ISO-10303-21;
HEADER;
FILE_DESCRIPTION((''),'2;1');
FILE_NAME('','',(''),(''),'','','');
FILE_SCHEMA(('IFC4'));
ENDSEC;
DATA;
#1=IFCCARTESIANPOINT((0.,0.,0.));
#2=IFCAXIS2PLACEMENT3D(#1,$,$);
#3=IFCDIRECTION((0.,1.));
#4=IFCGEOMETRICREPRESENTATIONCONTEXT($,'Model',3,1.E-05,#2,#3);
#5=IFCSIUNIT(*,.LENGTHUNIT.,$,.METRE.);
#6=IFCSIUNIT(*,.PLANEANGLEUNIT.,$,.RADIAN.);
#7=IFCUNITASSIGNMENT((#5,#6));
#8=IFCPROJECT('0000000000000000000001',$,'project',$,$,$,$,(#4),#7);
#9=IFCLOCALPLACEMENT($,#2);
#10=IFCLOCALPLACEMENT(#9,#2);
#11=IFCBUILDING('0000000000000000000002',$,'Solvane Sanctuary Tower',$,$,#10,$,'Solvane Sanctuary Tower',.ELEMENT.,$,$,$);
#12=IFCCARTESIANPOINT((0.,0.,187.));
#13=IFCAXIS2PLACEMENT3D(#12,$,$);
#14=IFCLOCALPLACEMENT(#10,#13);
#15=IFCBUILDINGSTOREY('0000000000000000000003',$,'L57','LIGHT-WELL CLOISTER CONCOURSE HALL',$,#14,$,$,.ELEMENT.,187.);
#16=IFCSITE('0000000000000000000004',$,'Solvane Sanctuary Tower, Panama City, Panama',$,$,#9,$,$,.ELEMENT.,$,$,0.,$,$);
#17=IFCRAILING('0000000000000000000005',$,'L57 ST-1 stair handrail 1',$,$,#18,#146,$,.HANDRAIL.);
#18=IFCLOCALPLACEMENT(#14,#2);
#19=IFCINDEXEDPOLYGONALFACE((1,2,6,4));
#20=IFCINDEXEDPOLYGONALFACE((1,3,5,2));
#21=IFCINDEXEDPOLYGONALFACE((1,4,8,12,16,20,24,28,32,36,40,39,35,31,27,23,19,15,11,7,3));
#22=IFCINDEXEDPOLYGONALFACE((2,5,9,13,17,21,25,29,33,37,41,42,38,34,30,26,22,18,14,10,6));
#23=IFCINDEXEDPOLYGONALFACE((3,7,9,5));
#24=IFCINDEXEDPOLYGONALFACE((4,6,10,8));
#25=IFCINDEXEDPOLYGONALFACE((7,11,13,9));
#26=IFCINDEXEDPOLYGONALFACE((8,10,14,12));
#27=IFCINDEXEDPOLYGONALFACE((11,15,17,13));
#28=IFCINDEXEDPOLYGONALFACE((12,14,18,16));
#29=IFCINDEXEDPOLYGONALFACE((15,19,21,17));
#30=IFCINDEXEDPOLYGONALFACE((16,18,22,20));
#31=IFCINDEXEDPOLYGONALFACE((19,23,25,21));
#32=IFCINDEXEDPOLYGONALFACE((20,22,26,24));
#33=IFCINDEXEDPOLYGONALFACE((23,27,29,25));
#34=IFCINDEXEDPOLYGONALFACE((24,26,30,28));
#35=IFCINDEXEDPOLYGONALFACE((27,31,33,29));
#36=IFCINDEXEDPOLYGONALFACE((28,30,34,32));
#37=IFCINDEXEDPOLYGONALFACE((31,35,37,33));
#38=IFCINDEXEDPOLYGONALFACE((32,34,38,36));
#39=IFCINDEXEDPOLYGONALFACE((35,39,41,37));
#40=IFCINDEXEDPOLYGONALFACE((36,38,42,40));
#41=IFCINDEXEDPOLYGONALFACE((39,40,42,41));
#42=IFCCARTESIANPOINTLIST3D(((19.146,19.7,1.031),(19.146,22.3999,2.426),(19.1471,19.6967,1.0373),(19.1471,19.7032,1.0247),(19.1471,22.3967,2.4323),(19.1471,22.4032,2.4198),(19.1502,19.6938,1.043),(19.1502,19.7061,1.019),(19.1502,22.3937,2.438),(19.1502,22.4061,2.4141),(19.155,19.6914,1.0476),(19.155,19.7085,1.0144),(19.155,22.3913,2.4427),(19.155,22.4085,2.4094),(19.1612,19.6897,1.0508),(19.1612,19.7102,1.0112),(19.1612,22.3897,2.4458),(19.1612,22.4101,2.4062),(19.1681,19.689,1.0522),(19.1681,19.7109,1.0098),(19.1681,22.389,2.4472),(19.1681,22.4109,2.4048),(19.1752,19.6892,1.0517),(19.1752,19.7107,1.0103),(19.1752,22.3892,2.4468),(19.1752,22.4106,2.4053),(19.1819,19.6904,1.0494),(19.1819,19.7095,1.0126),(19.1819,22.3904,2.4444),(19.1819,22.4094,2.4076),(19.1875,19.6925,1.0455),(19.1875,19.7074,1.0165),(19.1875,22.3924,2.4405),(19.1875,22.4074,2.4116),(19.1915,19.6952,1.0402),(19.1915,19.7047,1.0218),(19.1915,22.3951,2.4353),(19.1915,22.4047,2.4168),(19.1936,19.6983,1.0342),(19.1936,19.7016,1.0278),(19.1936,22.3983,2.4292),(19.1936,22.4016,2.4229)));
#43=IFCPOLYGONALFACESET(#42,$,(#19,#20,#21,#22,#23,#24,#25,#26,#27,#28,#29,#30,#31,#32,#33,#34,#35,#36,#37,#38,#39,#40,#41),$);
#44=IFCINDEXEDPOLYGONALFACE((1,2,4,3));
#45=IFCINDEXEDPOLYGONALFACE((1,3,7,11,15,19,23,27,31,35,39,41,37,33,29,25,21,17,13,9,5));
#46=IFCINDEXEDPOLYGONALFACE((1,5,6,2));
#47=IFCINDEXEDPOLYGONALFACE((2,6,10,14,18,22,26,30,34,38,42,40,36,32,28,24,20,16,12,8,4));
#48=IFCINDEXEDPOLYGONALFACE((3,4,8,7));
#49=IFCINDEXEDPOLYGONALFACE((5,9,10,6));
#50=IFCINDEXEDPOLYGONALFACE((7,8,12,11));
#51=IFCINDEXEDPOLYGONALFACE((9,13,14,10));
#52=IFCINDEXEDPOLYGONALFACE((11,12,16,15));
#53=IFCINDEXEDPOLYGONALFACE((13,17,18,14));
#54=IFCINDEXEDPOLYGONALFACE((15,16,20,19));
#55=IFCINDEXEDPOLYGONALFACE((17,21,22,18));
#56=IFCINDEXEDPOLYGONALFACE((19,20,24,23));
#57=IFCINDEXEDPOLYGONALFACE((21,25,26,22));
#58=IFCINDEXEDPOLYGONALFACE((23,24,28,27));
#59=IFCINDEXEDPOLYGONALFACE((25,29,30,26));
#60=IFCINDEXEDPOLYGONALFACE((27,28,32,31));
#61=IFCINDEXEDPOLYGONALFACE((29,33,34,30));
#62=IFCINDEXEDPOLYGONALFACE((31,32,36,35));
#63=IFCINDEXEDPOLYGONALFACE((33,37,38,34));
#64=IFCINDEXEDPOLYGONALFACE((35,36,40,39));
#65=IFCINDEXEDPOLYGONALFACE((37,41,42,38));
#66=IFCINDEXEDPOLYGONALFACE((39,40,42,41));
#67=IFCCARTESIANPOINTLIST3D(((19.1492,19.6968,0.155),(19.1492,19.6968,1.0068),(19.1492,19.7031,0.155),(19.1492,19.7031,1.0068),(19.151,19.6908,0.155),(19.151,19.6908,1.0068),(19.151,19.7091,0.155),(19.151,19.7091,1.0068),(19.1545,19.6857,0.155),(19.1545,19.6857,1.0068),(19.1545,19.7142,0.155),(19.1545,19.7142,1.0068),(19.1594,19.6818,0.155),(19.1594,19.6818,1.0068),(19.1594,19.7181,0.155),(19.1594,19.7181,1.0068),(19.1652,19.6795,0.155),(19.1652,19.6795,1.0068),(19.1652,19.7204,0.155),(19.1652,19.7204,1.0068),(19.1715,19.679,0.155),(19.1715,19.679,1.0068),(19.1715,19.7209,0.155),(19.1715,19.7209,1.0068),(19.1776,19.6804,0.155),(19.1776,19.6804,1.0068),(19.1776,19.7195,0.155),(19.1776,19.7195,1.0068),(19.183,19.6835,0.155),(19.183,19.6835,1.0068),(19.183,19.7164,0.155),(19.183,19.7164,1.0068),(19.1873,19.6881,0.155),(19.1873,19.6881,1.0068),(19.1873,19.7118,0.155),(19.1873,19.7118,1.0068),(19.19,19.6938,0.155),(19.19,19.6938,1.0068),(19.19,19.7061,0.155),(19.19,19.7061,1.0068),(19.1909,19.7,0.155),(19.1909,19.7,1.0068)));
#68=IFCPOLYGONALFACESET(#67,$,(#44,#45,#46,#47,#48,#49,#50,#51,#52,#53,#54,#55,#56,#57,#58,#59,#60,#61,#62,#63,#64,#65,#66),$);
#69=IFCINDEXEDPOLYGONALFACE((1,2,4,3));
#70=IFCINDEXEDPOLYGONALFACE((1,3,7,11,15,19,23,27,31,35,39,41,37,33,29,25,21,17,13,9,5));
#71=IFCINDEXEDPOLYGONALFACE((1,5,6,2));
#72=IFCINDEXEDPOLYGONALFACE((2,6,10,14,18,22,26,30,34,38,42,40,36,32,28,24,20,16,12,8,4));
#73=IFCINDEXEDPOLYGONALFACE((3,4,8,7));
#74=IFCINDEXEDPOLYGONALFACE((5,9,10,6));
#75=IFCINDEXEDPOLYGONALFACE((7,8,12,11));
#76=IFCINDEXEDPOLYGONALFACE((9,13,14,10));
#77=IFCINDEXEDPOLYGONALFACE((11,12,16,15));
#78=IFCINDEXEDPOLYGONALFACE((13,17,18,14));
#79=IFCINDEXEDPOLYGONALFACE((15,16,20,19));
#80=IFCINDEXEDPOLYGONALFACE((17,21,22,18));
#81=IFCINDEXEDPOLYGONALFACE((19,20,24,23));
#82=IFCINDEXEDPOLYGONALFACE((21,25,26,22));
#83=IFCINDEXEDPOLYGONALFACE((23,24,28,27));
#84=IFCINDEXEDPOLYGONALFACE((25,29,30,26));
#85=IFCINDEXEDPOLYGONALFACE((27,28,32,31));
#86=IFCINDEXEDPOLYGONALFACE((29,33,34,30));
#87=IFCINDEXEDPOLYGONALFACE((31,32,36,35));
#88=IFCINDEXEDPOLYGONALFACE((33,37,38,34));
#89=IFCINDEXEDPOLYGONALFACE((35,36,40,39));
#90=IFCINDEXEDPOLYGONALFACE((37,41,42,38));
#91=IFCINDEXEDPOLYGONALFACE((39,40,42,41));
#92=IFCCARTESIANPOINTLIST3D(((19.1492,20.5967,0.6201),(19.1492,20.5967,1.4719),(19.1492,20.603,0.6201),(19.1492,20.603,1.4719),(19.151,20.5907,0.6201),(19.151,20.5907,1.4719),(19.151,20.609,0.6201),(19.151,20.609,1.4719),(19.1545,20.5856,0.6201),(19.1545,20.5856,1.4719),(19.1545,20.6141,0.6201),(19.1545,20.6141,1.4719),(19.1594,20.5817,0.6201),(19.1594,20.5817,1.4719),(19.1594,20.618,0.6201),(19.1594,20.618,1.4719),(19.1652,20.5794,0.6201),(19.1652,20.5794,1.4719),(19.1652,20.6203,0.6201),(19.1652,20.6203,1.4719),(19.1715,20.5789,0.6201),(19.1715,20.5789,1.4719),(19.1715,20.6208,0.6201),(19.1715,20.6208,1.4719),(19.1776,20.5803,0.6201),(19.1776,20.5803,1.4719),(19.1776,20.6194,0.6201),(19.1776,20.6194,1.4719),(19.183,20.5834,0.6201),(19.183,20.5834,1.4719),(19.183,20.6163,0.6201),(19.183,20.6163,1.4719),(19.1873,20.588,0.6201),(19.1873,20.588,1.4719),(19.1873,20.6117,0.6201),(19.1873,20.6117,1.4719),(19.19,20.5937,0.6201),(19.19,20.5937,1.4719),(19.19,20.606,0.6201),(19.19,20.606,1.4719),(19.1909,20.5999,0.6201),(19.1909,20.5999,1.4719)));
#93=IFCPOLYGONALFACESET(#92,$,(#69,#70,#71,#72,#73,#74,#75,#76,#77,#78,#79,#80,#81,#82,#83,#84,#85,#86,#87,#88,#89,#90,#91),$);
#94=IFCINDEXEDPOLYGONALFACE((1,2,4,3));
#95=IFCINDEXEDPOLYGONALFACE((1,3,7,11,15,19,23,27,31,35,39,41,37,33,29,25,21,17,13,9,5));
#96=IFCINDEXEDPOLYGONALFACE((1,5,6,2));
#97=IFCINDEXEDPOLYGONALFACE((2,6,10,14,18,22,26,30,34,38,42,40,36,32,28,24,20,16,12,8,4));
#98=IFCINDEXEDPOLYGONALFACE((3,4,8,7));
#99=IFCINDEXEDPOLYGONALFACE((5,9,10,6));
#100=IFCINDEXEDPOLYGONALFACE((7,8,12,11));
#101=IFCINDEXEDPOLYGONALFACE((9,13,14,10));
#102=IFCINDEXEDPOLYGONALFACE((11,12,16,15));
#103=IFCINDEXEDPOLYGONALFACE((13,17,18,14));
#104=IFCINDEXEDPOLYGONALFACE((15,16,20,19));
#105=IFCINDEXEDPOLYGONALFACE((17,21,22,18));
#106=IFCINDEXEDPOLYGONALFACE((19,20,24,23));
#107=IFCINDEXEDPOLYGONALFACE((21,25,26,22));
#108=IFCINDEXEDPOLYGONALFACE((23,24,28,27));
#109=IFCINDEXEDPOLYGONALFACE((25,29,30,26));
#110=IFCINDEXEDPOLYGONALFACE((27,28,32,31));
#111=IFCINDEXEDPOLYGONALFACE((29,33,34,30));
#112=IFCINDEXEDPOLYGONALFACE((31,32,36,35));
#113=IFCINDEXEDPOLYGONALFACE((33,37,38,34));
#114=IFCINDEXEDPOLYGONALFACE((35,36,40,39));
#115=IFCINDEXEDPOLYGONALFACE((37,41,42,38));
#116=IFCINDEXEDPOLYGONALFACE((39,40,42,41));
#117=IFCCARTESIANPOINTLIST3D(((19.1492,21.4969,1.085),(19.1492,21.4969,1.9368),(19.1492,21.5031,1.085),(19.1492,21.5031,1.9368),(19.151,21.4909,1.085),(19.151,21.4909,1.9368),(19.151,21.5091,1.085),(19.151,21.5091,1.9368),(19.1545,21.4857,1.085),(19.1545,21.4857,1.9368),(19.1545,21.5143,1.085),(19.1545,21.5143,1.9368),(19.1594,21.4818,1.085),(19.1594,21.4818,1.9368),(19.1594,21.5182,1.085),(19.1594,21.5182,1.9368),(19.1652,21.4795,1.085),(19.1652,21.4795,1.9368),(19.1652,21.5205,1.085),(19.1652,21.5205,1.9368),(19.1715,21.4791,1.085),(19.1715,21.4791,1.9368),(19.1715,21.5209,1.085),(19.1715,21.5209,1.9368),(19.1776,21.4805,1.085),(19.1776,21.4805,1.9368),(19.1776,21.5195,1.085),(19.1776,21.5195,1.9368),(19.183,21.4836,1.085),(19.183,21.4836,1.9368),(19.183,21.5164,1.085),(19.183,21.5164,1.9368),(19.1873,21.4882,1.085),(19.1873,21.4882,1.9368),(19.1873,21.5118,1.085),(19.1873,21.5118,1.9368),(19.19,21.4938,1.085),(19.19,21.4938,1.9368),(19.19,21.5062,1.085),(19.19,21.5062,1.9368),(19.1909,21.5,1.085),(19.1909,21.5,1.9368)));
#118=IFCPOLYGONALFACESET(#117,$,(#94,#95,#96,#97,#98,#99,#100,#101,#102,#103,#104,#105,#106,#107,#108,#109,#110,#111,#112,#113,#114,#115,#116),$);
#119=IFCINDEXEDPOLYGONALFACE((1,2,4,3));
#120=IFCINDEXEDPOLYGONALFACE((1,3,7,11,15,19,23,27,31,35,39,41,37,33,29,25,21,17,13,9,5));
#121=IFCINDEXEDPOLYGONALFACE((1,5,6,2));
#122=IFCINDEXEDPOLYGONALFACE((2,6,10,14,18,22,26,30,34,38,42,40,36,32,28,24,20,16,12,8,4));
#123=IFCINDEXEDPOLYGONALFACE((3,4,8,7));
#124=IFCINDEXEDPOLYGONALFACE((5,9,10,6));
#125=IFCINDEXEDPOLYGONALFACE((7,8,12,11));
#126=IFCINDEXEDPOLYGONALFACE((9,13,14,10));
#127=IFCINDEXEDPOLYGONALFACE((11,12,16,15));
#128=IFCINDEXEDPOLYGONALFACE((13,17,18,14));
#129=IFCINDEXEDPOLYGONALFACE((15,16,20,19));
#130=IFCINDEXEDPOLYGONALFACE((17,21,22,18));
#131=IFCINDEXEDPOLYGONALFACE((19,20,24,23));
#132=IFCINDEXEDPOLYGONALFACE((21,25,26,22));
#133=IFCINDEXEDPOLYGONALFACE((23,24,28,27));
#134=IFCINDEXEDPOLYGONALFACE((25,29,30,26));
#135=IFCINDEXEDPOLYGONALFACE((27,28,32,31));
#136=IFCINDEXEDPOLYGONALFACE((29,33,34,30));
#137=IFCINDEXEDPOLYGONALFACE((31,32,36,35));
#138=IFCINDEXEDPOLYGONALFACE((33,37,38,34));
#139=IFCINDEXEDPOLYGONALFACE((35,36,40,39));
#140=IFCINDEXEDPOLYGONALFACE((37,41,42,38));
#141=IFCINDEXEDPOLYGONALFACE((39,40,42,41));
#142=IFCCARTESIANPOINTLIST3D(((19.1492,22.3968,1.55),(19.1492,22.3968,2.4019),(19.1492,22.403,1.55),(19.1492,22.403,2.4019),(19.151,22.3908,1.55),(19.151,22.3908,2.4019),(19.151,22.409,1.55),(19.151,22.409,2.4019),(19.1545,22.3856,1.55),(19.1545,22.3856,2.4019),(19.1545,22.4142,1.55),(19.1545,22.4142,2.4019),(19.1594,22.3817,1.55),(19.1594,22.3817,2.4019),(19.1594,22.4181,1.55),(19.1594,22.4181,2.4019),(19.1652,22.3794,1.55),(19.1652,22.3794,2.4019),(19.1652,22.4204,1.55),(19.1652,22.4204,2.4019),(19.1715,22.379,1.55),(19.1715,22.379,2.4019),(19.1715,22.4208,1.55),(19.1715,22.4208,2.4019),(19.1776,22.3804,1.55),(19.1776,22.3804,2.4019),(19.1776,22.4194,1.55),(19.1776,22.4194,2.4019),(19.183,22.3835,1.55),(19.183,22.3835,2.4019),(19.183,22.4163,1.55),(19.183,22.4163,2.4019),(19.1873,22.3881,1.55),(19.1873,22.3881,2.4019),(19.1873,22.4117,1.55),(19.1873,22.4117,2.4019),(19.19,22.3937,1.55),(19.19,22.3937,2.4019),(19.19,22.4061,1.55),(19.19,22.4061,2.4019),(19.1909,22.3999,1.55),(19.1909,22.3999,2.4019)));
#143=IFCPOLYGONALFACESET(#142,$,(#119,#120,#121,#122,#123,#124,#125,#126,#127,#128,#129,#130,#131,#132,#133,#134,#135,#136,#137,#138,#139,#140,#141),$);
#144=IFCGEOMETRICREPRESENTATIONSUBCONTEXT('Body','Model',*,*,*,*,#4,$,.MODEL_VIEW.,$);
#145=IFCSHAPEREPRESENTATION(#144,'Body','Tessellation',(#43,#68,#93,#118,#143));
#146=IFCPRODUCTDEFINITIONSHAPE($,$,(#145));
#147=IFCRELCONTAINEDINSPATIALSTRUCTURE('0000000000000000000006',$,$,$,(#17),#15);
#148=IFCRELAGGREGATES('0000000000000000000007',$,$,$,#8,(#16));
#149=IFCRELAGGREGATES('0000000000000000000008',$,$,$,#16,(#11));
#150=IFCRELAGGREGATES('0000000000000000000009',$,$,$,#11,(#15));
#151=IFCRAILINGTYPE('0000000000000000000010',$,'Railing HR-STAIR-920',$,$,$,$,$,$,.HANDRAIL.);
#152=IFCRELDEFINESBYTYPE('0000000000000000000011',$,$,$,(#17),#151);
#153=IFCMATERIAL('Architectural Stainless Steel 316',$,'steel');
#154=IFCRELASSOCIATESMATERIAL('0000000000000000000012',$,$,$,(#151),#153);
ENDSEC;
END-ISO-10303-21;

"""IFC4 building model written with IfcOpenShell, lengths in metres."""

from ifc_helpers import new_model, si_unit, direction, frame, origin, origin_2d, place, context, subcontext, project, spatial, circle, extrude, material, type_object, element, save


model = new_model("IFC4")

# Units and contexts
model_context = context("Model", 3, precision=1e-05, world=origin(), true_north=direction((0.0, 1.0)))
body_context = subcontext(model_context, "Body", "Model", "MODEL_VIEW")
ifc_project = project(units=[si_unit("LENGTHUNIT", "METRE"), si_unit("PLANEANGLEUNIT", "RADIAN")], contexts=[model_context])

# Site, building, storey
site_placement = place(None, origin())
site = spatial("IfcSite", under=ifc_project, at=site_placement, Name="Solvane Sanctuary Tower, Panama City, Panama", CompositionType="ELEMENT", RefElevation=0.0)
building_placement = place(site_placement, origin())
building = spatial("IfcBuilding", under=site, at=building_placement, Name="Solvane Sanctuary Tower", LongName="Solvane Sanctuary Tower", CompositionType="ELEMENT")
storey_placement = place(building_placement, frame((0.0, 0.0, 187.0)))
storey = spatial("IfcBuildingStorey", under=building, at=storey_placement, Name="L57", Description="LIGHT-WELL CLOISTER CONCOURSE HALL", CompositionType="ELEMENT", Elevation=187.0)

# Shared definitions
ifc_material_1 = material(Name="Architectural Stainless Steel 316", Category="steel")

# Railing
railing_type = type_object("IfcRailingType", Name="Railing HR-STAIR-920", PredefinedType="HANDRAIL", material=ifc_material_1)
railing_placement = place(storey_placement, frame((19.1699, 19.7, 0.155)))
element("IfcRailing", 1, at=railing_placement, inside=storey, type_object=railing_type, Name="L57 ST-1 stair handrail 1", PredefinedType="HANDRAIL", context=body_context, shape_type="SweptSolid", body=[
    extrude(circle(Radius=0.0239, at=origin_2d()), frame((0.0, 0.0, 0.876), z_axis=(0.0, 0.88842, 0.459032), x_axis=(-1.0, 0.0, 0.0)), (0.0, 0.0, 1.0), 3.0391),
    extrude(circle(Radius=0.021, at=origin_2d()), origin(), (0.0, 0.0, 1.0), 0.8518),
    extrude(circle(Radius=0.021, at=origin_2d()), frame((0.0, 0.8999, 0.4651)), (0.0, 0.0, 1.0), 0.8518),
    extrude(circle(Radius=0.021, at=origin_2d()), frame((0.0, 1.8, 0.9299)), (0.0, 0.0, 1.0), 0.8518),
    extrude(circle(Radius=0.021, at=origin_2d()), frame((0.0, 2.7, 1.395)), (0.0, 0.0, 1.0), 0.8518),
])

save(model, "model.ifc")
